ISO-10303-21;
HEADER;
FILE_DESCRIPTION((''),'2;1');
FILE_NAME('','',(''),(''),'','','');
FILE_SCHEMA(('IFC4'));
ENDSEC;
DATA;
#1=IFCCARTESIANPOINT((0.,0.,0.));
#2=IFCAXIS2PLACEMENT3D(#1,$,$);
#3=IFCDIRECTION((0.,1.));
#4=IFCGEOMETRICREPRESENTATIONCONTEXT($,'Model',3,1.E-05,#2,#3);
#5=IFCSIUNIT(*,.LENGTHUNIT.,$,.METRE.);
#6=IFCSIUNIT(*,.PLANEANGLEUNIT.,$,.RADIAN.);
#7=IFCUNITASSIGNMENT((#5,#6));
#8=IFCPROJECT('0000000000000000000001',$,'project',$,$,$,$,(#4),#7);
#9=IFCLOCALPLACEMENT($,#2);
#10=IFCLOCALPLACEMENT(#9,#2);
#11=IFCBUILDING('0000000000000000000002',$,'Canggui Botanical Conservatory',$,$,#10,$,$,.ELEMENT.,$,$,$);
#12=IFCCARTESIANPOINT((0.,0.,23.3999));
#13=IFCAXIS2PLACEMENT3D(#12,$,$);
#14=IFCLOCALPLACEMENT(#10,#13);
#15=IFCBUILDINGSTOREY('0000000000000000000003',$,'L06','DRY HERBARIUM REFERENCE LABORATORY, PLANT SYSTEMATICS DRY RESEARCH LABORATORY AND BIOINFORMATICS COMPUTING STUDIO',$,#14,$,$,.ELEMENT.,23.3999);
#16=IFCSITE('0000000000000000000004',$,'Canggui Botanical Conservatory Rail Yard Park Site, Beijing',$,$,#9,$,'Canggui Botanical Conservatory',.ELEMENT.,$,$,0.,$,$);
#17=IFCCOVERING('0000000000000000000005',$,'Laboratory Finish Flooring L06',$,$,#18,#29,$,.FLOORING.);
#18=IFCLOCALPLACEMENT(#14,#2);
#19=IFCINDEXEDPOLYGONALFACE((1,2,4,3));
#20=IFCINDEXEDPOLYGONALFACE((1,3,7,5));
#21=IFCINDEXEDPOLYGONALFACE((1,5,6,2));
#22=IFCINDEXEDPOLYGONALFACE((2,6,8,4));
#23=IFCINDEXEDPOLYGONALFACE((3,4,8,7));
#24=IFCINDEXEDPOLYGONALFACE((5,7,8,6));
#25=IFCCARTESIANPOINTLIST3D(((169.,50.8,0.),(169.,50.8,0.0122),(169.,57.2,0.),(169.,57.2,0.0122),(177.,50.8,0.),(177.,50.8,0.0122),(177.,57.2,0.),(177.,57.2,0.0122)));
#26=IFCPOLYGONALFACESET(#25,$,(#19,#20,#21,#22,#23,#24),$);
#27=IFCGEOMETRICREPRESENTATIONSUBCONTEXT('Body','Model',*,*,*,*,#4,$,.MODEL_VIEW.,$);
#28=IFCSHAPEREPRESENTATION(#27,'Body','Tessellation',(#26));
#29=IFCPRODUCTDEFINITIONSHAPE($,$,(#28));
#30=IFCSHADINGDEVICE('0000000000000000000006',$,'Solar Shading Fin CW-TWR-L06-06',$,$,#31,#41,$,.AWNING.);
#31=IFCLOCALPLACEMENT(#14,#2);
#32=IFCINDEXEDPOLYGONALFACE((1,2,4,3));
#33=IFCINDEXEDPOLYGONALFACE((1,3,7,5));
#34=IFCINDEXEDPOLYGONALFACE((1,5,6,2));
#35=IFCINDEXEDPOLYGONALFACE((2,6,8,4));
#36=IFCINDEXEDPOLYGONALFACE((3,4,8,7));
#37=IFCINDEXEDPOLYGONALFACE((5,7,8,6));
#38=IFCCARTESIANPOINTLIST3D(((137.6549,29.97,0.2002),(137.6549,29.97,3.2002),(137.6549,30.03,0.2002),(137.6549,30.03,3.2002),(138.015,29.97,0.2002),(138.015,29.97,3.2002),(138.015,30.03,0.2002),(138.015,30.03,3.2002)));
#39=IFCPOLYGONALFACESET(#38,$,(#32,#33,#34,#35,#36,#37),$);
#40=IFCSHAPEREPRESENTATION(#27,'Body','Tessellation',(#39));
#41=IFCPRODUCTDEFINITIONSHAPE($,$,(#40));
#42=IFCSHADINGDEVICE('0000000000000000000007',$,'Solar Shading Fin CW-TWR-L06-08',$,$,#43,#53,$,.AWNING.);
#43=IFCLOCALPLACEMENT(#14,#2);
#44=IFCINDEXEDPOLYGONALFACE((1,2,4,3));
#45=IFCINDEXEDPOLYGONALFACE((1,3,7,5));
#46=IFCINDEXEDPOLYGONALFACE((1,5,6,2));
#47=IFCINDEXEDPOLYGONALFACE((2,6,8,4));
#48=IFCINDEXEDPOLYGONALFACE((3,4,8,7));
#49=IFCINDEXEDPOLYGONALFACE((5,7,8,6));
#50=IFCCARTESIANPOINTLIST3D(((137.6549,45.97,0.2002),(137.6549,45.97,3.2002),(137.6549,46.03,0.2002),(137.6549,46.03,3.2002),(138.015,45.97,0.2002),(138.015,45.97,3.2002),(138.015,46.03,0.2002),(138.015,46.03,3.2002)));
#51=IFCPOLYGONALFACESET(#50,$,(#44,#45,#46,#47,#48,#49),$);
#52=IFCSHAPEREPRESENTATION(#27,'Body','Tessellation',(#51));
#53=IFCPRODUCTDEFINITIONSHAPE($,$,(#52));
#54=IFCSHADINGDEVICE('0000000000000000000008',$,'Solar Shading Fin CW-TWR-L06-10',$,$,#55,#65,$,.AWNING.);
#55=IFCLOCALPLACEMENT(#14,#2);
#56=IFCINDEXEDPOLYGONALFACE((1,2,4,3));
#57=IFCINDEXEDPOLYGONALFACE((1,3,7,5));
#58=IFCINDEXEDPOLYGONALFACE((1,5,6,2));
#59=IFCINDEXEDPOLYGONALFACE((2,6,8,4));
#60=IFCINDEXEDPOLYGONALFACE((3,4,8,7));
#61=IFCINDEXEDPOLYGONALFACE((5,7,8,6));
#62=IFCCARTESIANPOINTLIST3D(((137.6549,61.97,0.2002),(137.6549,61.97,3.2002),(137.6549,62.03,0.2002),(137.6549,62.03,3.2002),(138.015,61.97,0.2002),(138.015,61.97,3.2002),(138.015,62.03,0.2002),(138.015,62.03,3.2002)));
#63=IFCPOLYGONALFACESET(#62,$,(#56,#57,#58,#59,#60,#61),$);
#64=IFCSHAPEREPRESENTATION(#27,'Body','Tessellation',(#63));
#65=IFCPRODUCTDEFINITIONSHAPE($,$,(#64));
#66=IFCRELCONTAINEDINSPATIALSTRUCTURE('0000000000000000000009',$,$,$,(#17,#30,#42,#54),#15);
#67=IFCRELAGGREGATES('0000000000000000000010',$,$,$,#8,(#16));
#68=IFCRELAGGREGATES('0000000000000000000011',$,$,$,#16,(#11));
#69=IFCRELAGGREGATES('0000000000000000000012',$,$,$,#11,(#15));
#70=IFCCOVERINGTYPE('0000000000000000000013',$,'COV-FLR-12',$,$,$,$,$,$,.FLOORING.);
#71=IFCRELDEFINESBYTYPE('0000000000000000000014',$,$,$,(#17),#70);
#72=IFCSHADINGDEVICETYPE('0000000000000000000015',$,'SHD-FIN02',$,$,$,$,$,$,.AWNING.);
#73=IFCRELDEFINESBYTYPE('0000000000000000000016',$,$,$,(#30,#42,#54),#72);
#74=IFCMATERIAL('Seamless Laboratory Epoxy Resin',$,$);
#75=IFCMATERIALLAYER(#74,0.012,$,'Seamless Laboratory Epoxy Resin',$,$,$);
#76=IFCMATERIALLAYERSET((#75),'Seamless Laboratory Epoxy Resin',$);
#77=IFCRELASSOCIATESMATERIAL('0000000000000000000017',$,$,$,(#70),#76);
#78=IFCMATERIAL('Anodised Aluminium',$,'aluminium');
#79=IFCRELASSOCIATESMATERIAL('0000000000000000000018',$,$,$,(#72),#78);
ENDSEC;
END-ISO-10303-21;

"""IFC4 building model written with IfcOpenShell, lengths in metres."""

from ifc_helpers import new_model, si_unit, direction, frame, origin, origin_2d, place, context, subcontext, project, spatial, polyline, rectangle, outline, extrude, material, layer, layer_set, type_object, element, save


model = new_model("IFC4")

# Units and contexts
model_context = context("Model", 3, precision=1e-05, world=origin(), true_north=direction((0.0, 1.0)))
body_context = subcontext(model_context, "Body", "Model", "MODEL_VIEW")
ifc_project = project(units=[si_unit("LENGTHUNIT", "METRE"), si_unit("PLANEANGLEUNIT", "RADIAN")], contexts=[model_context])

# Site, building, storey
site_placement = place(None, origin())
site = spatial("IfcSite", under=ifc_project, at=site_placement, Name="Canggui Botanical Conservatory Rail Yard Park Site, Beijing", LongName="Canggui Botanical Conservatory", CompositionType="ELEMENT", RefElevation=0.0)
building_placement = place(site_placement, origin())
building = spatial("IfcBuilding", under=site, at=building_placement, Name="Canggui Botanical Conservatory", CompositionType="ELEMENT")
storey_placement = place(building_placement, frame((0.0, 0.0, 23.3999)))
storey = spatial("IfcBuildingStorey", under=building, at=storey_placement, Name="L06", Description="DRY HERBARIUM REFERENCE LABORATORY, PLANT SYSTEMATICS DRY RESEARCH LABORATORY AND BIOINFORMATICS COMPUTING STUDIO", CompositionType="ELEMENT", Elevation=23.3999)

# Covering
ifc_material_1 = material(Name="Seamless Laboratory Epoxy Resin")
ifc_layer_1 = layer(ifc_material_1, 0.012, Name="Seamless Laboratory Epoxy Resin")
ifc_layer_set_1 = layer_set([ifc_layer_1], Name="Seamless Laboratory Epoxy Resin")
covering_type_1 = type_object("IfcCoveringType", Name="COV-FLR-12", PredefinedType="FLOORING", material=ifc_layer_set_1)
covering_1_placement = place(storey_placement, origin())
element("IfcCovering", 1, at=covering_1_placement, inside=storey, type_object=covering_type_1, Name="Laboratory Finish Flooring L06", PredefinedType="FLOORING", context=body_context, shape_type="SweptSolid", body=[
    extrude(outline(polyline([(169.0, 50.8), (177.0, 50.8), (177.0, 57.2), (169.0, 57.2), (169.0, 50.8)])), origin(), (0.0, 0.0, 1.0), 0.0122),
])

# Shading devices
ifc_material_2 = material(Name="Anodised Aluminium", Category="aluminium")
shading_device_type = type_object("IfcShadingDeviceType", Name="SHD-FIN02", PredefinedType="AWNING", material=ifc_material_2)
for number, where, z_axis, x_axis, name in (
    (2, (137.835, 30.0, 0.2002), (0.0, 0.0, 1.0), (0.0, 1.0, 0.0), "Solar Shading Fin CW-TWR-L06-06"),
    (3, (137.835, 46.0, 0.2002), (0.0, 0.0, 1.0), (0.0, 1.0, 0.0), "Solar Shading Fin CW-TWR-L06-08"),
    (4, (137.835, 62.0, 0.2002), (0.0, 0.0, 1.0), (0.0, 1.0, 0.0), "Solar Shading Fin CW-TWR-L06-10"),
):
    element("IfcShadingDevice", number, at=place(storey_placement, frame(where, z_axis=z_axis, x_axis=x_axis)), inside=storey, type_object=shading_device_type, Name=name, PredefinedType="AWNING", context=body_context, shape_type="SweptSolid", body=[
        extrude(rectangle(XDim=0.0601, YDim=0.3601, at=origin_2d()), origin(), (0.0, 0.0, 1.0), 3.0),
    ])

save(model, "model.ifc")
